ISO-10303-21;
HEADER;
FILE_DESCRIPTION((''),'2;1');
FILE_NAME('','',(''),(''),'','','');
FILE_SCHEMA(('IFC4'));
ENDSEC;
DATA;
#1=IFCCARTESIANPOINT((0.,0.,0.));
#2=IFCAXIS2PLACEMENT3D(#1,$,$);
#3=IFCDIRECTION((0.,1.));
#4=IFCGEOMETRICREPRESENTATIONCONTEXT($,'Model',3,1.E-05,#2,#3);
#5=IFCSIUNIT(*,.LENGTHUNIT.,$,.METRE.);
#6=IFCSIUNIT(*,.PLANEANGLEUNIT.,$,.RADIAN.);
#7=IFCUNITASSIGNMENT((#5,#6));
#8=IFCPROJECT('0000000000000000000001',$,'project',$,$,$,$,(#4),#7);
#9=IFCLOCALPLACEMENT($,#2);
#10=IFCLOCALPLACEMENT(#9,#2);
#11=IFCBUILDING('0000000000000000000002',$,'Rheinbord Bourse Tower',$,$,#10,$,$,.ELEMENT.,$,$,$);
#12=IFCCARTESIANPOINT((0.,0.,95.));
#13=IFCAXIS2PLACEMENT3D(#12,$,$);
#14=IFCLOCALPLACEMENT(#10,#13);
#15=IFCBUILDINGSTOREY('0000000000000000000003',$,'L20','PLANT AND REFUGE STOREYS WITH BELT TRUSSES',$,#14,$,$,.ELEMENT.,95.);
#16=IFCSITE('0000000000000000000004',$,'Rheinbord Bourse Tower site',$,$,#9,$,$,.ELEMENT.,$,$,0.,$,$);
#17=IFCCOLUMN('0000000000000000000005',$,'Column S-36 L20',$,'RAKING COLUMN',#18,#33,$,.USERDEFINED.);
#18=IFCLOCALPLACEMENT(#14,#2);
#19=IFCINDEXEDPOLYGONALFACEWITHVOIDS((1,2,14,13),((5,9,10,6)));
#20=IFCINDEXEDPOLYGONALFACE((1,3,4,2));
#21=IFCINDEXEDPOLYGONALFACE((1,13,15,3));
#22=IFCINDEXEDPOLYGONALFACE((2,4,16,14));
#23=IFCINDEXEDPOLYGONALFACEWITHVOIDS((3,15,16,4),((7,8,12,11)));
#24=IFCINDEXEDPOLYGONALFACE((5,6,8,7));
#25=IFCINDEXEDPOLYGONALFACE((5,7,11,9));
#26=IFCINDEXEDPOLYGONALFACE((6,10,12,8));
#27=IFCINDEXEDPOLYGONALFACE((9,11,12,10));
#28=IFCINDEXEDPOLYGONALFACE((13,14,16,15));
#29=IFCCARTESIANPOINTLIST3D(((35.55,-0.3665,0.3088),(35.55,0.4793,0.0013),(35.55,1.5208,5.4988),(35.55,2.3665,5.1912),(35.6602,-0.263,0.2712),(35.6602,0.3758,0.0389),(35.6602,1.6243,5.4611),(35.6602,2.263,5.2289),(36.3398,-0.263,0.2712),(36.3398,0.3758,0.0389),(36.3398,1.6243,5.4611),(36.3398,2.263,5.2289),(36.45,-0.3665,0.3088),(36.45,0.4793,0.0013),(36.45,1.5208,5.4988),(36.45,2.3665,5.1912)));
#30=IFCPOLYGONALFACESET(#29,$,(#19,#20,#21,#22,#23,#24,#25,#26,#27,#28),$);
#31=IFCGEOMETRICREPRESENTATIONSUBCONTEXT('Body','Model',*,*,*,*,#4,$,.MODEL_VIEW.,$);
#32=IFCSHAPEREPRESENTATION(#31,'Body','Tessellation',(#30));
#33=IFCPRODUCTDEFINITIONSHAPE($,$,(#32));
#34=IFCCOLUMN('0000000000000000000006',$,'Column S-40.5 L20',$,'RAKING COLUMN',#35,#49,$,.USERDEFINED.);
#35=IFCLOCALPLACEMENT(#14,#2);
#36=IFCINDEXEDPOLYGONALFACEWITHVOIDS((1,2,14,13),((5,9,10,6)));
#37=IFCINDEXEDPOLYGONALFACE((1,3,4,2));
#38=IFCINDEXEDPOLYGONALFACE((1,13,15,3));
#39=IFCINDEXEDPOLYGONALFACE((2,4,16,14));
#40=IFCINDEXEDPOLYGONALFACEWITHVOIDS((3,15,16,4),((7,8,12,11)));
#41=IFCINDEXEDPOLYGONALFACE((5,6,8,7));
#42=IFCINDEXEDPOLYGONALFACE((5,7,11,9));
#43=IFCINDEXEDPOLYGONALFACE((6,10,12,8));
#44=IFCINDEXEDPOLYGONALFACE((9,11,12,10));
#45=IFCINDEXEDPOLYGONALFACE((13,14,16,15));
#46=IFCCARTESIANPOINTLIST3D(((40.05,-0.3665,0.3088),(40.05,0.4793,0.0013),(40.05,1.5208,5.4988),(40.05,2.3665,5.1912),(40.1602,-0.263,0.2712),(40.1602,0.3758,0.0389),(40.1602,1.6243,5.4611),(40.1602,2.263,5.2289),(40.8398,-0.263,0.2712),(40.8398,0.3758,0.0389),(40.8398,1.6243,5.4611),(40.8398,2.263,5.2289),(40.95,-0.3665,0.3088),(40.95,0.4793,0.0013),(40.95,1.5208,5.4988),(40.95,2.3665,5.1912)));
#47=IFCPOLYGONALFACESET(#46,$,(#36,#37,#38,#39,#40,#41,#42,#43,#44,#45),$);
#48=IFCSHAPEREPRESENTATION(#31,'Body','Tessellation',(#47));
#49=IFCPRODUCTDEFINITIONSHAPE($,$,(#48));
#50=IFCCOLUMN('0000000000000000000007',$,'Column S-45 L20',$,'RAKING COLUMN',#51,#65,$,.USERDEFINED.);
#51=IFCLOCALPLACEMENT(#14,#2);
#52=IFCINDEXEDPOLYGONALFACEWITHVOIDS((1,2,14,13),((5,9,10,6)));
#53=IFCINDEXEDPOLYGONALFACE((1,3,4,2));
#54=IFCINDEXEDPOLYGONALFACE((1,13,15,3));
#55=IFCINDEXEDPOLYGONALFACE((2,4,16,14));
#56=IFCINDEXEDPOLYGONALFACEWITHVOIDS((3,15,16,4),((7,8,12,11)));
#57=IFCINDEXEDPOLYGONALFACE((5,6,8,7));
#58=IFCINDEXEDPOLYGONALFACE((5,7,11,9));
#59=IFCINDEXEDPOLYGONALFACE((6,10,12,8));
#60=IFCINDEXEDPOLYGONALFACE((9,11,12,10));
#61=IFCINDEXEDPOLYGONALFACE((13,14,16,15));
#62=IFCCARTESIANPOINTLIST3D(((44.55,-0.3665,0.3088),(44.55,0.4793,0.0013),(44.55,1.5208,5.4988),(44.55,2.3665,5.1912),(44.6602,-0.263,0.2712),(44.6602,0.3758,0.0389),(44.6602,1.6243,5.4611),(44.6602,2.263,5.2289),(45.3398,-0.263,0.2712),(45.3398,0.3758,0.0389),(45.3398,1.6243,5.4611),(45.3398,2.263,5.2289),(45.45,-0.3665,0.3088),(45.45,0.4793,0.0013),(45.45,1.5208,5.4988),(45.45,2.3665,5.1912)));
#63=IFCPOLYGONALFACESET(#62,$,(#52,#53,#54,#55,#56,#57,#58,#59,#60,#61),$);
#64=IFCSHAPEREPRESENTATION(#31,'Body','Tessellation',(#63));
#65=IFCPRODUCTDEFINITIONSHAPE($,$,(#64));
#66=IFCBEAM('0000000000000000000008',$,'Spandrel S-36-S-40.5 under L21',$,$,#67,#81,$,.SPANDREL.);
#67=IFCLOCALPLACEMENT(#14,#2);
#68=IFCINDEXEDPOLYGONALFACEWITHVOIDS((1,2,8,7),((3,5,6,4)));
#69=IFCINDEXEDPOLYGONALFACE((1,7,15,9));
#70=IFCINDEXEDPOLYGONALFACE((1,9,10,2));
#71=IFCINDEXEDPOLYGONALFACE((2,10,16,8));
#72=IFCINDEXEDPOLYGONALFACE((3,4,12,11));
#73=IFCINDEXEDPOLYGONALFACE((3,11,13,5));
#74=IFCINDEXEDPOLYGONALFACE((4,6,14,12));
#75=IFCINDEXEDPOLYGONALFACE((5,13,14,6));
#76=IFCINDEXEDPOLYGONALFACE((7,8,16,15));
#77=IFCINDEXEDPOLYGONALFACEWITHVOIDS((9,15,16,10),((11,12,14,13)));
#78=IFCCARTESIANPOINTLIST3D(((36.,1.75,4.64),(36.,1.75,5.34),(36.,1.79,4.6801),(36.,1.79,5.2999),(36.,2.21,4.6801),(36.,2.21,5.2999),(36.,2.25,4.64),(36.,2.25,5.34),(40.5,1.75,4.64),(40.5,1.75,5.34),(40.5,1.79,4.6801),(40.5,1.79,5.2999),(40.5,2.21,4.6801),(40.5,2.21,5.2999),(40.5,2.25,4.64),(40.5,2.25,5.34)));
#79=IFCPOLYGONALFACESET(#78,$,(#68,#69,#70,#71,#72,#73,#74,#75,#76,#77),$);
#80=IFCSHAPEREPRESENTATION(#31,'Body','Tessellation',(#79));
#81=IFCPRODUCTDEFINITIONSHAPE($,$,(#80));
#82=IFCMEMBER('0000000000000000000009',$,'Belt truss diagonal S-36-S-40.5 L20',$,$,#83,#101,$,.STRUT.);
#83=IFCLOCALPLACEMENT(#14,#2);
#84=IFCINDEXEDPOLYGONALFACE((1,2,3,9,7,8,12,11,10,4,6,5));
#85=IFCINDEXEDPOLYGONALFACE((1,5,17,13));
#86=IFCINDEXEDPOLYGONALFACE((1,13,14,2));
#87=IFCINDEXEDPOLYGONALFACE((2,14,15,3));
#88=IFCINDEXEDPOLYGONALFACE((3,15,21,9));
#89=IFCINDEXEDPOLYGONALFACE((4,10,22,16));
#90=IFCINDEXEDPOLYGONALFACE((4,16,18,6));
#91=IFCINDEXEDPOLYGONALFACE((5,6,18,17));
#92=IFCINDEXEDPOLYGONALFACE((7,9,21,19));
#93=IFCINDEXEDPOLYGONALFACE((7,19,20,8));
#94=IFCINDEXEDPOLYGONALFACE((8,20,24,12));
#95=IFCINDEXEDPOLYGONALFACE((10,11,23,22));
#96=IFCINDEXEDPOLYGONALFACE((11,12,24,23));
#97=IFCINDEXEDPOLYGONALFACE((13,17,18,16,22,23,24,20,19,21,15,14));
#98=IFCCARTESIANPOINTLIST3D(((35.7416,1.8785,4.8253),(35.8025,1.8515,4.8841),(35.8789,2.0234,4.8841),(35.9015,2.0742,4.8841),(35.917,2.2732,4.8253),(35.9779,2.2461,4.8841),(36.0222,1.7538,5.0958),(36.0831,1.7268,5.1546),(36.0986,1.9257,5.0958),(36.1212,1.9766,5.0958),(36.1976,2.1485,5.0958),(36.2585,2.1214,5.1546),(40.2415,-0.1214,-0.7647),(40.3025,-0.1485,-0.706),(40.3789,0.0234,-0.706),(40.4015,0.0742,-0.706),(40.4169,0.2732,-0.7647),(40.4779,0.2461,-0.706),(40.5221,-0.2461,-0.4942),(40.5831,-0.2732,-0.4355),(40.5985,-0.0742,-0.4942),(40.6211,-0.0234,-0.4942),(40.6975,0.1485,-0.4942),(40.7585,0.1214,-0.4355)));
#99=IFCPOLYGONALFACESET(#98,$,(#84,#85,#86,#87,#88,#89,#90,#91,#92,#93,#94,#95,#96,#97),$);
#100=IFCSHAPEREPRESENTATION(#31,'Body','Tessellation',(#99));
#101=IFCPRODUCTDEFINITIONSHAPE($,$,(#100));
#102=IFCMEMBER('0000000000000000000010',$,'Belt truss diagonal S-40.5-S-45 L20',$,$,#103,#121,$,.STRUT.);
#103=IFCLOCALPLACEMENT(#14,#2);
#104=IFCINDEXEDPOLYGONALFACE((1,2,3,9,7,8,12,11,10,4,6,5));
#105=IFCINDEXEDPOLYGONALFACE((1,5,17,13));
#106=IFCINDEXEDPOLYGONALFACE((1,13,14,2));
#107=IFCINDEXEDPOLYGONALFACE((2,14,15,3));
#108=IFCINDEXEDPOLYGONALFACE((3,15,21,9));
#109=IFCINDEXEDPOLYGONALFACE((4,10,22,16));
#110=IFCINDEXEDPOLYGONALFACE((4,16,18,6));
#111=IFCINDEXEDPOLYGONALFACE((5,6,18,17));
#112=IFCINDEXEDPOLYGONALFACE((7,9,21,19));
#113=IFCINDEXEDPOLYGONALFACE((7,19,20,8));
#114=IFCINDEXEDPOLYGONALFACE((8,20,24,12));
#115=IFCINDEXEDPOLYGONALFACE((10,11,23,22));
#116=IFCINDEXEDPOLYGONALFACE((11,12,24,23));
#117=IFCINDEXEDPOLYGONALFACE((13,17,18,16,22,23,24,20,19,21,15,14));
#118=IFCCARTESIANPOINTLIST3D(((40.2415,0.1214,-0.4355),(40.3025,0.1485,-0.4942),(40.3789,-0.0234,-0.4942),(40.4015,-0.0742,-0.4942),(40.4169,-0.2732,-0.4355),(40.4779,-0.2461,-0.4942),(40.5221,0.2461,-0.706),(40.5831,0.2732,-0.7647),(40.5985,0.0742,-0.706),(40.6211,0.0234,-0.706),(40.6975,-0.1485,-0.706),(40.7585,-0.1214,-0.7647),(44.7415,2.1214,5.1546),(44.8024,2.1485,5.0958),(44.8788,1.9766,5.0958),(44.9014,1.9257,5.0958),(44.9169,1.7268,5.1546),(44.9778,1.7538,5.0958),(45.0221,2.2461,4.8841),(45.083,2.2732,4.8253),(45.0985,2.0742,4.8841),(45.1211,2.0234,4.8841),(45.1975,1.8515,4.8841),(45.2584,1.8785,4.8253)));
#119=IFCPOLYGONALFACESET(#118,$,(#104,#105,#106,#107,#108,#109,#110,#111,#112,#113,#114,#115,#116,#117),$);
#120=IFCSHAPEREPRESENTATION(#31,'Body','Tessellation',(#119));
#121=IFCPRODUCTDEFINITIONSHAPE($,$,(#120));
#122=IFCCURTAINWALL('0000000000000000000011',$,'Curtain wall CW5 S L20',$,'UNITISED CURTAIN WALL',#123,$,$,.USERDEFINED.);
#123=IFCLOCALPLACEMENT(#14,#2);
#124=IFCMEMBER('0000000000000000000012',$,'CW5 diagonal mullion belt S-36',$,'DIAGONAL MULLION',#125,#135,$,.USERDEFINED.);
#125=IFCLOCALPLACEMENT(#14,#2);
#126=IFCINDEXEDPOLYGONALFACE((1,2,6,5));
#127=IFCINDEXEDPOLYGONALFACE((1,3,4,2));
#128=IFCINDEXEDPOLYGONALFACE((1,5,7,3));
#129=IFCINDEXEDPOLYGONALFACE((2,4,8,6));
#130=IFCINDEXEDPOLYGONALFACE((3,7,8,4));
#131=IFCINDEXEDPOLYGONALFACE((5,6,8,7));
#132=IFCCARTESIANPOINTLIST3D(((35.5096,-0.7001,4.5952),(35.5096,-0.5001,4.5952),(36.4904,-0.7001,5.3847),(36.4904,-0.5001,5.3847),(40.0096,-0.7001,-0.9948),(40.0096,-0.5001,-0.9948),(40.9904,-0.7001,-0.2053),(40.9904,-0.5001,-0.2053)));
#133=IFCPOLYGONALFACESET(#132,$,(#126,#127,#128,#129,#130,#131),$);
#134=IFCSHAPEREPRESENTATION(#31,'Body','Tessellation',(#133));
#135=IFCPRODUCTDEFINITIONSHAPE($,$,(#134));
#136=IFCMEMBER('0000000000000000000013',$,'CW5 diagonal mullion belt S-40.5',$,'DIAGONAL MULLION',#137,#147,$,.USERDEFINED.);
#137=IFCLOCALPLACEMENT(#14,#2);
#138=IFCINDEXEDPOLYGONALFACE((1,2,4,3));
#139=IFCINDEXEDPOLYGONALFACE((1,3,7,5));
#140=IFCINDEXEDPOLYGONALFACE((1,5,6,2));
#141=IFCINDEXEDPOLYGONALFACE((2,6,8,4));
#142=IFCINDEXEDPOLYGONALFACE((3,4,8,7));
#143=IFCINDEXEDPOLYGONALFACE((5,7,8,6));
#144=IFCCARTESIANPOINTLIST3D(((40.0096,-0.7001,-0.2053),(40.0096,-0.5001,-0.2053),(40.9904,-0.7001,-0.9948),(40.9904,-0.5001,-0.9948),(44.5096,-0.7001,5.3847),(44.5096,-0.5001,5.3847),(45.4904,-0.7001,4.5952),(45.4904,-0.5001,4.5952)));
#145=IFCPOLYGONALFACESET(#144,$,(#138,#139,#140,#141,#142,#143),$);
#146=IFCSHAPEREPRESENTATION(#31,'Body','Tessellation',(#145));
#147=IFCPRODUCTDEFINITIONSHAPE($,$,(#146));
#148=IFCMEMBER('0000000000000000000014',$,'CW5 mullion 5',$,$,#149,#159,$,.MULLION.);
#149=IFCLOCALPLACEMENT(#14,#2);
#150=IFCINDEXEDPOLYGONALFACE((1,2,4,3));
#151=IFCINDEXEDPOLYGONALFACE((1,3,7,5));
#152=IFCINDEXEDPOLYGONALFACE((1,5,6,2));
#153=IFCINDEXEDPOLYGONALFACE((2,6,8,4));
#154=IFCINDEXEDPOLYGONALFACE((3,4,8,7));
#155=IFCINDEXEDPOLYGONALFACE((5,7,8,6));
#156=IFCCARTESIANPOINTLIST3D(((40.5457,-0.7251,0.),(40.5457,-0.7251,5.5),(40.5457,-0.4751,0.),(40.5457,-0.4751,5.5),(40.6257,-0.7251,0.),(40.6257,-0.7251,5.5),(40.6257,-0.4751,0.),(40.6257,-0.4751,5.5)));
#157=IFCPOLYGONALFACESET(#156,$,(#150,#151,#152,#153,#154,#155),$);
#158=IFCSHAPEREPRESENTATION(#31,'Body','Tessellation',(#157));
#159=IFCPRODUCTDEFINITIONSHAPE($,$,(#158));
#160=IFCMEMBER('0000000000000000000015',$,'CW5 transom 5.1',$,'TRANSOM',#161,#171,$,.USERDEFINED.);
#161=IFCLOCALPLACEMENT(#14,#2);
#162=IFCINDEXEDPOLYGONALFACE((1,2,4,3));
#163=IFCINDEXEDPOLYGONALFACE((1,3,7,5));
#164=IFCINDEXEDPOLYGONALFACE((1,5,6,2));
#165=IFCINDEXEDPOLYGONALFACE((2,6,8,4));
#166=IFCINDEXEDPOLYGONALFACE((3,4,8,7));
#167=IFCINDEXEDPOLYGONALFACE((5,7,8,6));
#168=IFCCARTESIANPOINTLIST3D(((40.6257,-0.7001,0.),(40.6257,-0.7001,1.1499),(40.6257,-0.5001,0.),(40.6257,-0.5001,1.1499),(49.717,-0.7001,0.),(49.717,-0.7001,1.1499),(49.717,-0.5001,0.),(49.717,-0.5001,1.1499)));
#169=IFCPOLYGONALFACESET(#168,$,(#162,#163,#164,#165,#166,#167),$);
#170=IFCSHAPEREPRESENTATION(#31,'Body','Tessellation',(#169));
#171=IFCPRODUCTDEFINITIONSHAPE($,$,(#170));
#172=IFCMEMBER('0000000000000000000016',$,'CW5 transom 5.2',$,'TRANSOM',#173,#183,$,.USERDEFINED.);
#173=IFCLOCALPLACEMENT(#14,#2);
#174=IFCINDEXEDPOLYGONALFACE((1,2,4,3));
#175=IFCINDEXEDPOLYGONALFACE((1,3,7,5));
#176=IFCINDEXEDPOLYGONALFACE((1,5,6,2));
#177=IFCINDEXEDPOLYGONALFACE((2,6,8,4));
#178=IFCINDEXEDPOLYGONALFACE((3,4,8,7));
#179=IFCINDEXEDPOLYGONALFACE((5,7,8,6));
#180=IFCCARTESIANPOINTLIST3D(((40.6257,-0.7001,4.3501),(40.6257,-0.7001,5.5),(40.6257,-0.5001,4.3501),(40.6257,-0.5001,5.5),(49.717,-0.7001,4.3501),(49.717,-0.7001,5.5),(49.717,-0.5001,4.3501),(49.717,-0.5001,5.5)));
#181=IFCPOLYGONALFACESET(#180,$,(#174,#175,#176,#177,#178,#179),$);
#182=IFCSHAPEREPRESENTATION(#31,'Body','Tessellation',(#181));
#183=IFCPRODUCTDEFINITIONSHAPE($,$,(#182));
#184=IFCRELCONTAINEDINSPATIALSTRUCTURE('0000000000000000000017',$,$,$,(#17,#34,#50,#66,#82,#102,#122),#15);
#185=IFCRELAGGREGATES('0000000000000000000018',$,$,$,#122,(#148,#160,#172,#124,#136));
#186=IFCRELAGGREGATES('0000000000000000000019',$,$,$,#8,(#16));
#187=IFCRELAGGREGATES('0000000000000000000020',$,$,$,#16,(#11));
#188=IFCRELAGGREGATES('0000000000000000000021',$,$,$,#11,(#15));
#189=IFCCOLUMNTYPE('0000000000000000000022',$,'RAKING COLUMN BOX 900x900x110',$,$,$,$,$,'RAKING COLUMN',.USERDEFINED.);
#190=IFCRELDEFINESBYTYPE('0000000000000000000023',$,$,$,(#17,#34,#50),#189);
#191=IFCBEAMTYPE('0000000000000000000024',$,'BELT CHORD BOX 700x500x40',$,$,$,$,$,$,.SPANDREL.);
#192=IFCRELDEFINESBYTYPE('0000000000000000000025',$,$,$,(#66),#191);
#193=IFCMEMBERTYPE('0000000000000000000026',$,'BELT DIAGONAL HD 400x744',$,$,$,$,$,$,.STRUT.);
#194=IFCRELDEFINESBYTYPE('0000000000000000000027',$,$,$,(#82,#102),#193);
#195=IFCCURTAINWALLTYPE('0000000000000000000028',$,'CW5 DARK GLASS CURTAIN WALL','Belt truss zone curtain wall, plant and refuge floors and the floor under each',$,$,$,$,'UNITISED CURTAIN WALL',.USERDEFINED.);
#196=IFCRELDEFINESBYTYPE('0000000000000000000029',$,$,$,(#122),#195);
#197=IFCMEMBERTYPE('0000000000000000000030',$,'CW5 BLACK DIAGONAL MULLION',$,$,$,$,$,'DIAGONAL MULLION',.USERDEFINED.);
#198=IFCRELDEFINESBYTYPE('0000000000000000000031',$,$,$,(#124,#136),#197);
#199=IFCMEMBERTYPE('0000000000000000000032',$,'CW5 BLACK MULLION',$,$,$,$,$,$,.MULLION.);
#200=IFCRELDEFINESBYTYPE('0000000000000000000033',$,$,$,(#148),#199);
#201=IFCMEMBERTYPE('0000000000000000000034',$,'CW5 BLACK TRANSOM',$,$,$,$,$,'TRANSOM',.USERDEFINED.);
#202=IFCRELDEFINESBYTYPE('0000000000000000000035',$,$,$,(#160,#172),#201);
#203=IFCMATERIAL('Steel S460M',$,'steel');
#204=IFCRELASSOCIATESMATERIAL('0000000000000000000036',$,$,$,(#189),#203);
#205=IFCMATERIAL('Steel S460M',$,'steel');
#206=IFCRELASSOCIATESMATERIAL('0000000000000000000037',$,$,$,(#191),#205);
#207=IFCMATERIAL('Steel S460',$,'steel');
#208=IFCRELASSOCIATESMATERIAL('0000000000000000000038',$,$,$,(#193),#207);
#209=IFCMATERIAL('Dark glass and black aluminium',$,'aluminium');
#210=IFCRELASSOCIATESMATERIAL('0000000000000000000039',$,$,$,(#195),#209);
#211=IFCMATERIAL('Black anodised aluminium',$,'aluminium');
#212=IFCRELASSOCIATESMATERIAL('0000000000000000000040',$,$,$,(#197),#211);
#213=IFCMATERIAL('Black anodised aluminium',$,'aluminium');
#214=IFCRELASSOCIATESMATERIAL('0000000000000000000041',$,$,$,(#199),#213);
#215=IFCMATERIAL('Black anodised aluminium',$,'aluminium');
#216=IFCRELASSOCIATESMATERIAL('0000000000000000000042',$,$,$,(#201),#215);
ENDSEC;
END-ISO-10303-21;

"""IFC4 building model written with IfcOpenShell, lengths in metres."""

from ifc_helpers import new_model, si_unit, direction, frame, origin, origin_2d, place, context, subcontext, project, spatial, rectangle, hollow_rectangle, i_section, extrude, material, material_profile, profile_set, type_object, element, aggregate, save


model = new_model("IFC4")

# Units and contexts
model_context = context("Model", 3, precision=1e-05, world=origin(), true_north=direction((0.0, 1.0)))
body_context = subcontext(model_context, "Body", "Model", "MODEL_VIEW")
ifc_project = project(units=[si_unit("LENGTHUNIT", "METRE"), si_unit("PLANEANGLEUNIT", "RADIAN")], contexts=[model_context])

# Site, building, storey
site_placement = place(None, origin())
site = spatial("IfcSite", under=ifc_project, at=site_placement, Name="Rheinbord Bourse Tower site", CompositionType="ELEMENT", RefElevation=0.0)
building_placement = place(site_placement, origin())
building = spatial("IfcBuilding", under=site, at=building_placement, Name="Rheinbord Bourse Tower", CompositionType="ELEMENT")
storey_placement = place(building_placement, frame((0.0, 0.0, 95.0)))
storey = spatial("IfcBuildingStorey", under=building, at=storey_placement, Name="L20", Description="PLANT AND REFUGE STOREYS WITH BELT TRUSSES", CompositionType="ELEMENT", Elevation=95.0)

# Columns
ifc_material_1 = material(Name="Steel S460M", Category="steel")
ifc_material_profile_1 = material_profile(ifc_material_1, hollow_rectangle(XDim=0.8999, YDim=0.8999, WallThickness=0.1101, at=origin_2d()), Name="BOX 900x900x110")
ifc_profile_set_1 = profile_set([ifc_material_profile_1], Name="Steel S460M")
column_type = type_object("IfcColumnType", Name="RAKING COLUMN BOX 900x900x110", ElementType="RAKING COLUMN", PredefinedType="USERDEFINED", material=ifc_profile_set_1)
for number, where, z_axis, x_axis, name in (
    (1, (36.0, 0.0564, 0.155), (0.0, 0.341743, 0.939793), (0.0, -0.939793, 0.341743), "Column S-36 L20"),
    (2, (40.5, 0.0564, 0.155), (0.0, 0.341743, 0.939793), (0.0, -0.939793, 0.341743), "Column S-40.5 L20"),
    (3, (45.0, 0.0564, 0.155), (0.0, 0.341743, 0.939793), (0.0, -0.939793, 0.341743), "Column S-45 L20"),
):
    element("IfcColumn", number, at=place(storey_placement, frame(where, z_axis=z_axis, x_axis=x_axis)), inside=storey, type_object=column_type, Name=name, ObjectType="RAKING COLUMN", PredefinedType="USERDEFINED", context=body_context, shape_type="SweptSolid", body=[
        extrude(hollow_rectangle(XDim=0.8999, YDim=0.8999, WallThickness=0.1101, at=origin_2d()), origin(), (0.0, 0.0, 1.0), 5.5225),
    ])

# Beam
ifc_material_2 = material(Name="Steel S460M", Category="steel")
ifc_material_profile_2 = material_profile(ifc_material_2, hollow_rectangle(XDim=0.5, YDim=0.7, WallThickness=0.04, at=origin_2d()), Name="BOX 700x500x40")
ifc_profile_set_2 = profile_set([ifc_material_profile_2], Name="Steel S460M")
beam_type_1 = type_object("IfcBeamType", Name="BELT CHORD BOX 700x500x40", PredefinedType="SPANDREL", material=ifc_profile_set_2)
beam_1_placement = place(storey_placement, frame((36.0, 2.0, 4.99), z_axis=(1.0, 0.0, 0.0), x_axis=(0.0, 1.0, 0.0)))
element("IfcBeam", 4, at=beam_1_placement, inside=storey, type_object=beam_type_1, Name="Spandrel S-36-S-40.5 under L21", PredefinedType="SPANDREL", context=body_context, shape_type="SweptSolid", body=[
    extrude(hollow_rectangle(XDim=0.5, YDim=0.7, WallThickness=0.04, at=origin_2d()), origin(), (0.0, 0.0, 1.0), 4.5),
])

# Members
ifc_material_3 = material(Name="Steel S460", Category="steel")
ifc_material_profile_3 = material_profile(ifc_material_3, i_section(OverallWidth=0.4319, OverallDepth=0.498, WebThickness=0.0557, FlangeThickness=0.0889, at=origin_2d()), Name="HD 400x744")
ifc_profile_set_3 = profile_set([ifc_material_profile_3], Name="Steel S460")
member_type_1 = type_object("IfcMemberType", Name="BELT DIAGONAL HD 400x744", PredefinedType="STRUT", material=ifc_profile_set_3)
for number, where, z_axis, x_axis, name in (
    (5, (40.5, 0.0, -0.6001), (-0.604045, 0.268465, 0.75037), (-0.406138, -0.913812, 0.0), "Belt truss diagonal S-36-S-40.5 L20"),
    (6, (40.5, 0.0, -0.6001), (0.604045, 0.268465, 0.75037), (-0.406138, 0.913812, 0.0), "Belt truss diagonal S-40.5-S-45 L20"),
):
    element("IfcMember", number, at=place(storey_placement, frame(where, z_axis=z_axis, x_axis=x_axis)), inside=storey, type_object=member_type_1, Name=name, PredefinedType="STRUT", context=body_context, shape_type="SweptSolid", body=[
        extrude(i_section(OverallWidth=0.4319, OverallDepth=0.498, WebThickness=0.0557, FlangeThickness=0.0889, at=origin_2d()), origin(), (0.0, 0.0, 1.0), 7.4497),
    ])

# Curtain wall, members
ifc_material_4 = material(Name="Dark glass and black aluminium", Category="aluminium")
curtain_wall_type = type_object("IfcCurtainWallType", Name="CW5 DARK GLASS CURTAIN WALL", Description="Belt truss zone curtain wall, plant and refuge floors and the floor under each", ElementType="UNITISED CURTAIN WALL", PredefinedType="USERDEFINED", material=ifc_material_4)
curtain_wall_placement = place(storey_placement, origin())
curtain_wall = element("IfcCurtainWall", 7, at=curtain_wall_placement, inside=storey, type_object=curtain_wall_type, Name="Curtain wall CW5 S L20", ObjectType="UNITISED CURTAIN WALL", PredefinedType="USERDEFINED")
ifc_material_5 = material(Name="Black anodised aluminium", Category="aluminium")
ifc_material_profile_4 = material_profile(ifc_material_5, rectangle(XDim=0.2, YDim=1.259, at=origin_2d()), Name="CW5 DIAGONAL MULLION 1259x200")
ifc_profile_set_4 = profile_set([ifc_material_profile_4], Name="Black anodised aluminium")
member_type_2 = type_object("IfcMemberType", Name="CW5 BLACK DIAGONAL MULLION", ElementType="DIAGONAL MULLION", PredefinedType="USERDEFINED", material=ifc_profile_set_4)
member_1_placement = place(storey_placement, frame((40.5, -0.6001, -0.6001), z_axis=(-0.627065, 0.0, 0.778967), x_axis=(0.0, -1.0, 0.0)))
member_1 = element("IfcMember", 8, at=member_1_placement, type_object=member_type_2, Name="CW5 diagonal mullion belt S-36", ObjectType="DIAGONAL MULLION", PredefinedType="USERDEFINED", context=body_context, shape_type="SweptSolid", body=[
    extrude(rectangle(XDim=0.2, YDim=1.259, at=origin_2d()), origin(), (0.0, 0.0, 1.0), 7.1763),
])
member_2_placement = place(storey_placement, frame((40.5, -0.6001, -0.6001), z_axis=(0.627065, 0.0, 0.778967), x_axis=(0.0, 1.0, 0.0)))
member_2 = element("IfcMember", 9, at=member_2_placement, type_object=member_type_2, Name="CW5 diagonal mullion belt S-40.5", ObjectType="DIAGONAL MULLION", PredefinedType="USERDEFINED", context=body_context, shape_type="SweptSolid", body=[
    extrude(rectangle(XDim=0.2, YDim=1.259, at=origin_2d()), origin(), (0.0, 0.0, 1.0), 7.1763),
])
ifc_material_6 = material(Name="Black anodised aluminium", Category="aluminium")
ifc_material_profile_5 = material_profile(ifc_material_6, rectangle(XDim=0.25, YDim=0.0801, at=origin_2d()), Name="CW5 MULLION 80x250")
ifc_profile_set_5 = profile_set([ifc_material_profile_5], Name="Black anodised aluminium")
member_type_3 = type_object("IfcMemberType", Name="CW5 BLACK MULLION", PredefinedType="MULLION", material=ifc_profile_set_5)
member_3_placement = place(storey_placement, frame((40.5857, -0.6001, 0.0), z_axis=(0.0, 0.0, 1.0), x_axis=(0.0, 1.0, 0.0)))
member_3 = element("IfcMember", 10, at=member_3_placement, type_object=member_type_3, Name="CW5 mullion 5", PredefinedType="MULLION", context=body_context, shape_type="SweptSolid", body=[
    extrude(rectangle(XDim=0.25, YDim=0.0801, at=origin_2d()), origin(), (0.0, 0.0, 1.0), 5.5),
])
ifc_material_7 = material(Name="Black anodised aluminium", Category="aluminium")
ifc_material_profile_6 = material_profile(ifc_material_7, rectangle(XDim=0.2, YDim=1.1499, at=origin_2d()), Name="CW5 TRANSOM 1150x200")
ifc_profile_set_6 = profile_set([ifc_material_profile_6], Name="Black anodised aluminium")
member_type_4 = type_object("IfcMemberType", Name="CW5 BLACK TRANSOM", ElementType="TRANSOM", PredefinedType="USERDEFINED", material=ifc_profile_set_6)
member_4_placement = place(storey_placement, frame((40.6257, -0.6001, 0.575), z_axis=(1.0, 0.0, 0.0), x_axis=(0.0, 1.0, 0.0)))
member_4 = element("IfcMember", 11, at=member_4_placement, type_object=member_type_4, Name="CW5 transom 5.1", ObjectType="TRANSOM", PredefinedType="USERDEFINED", context=body_context, shape_type="SweptSolid", body=[
    extrude(rectangle(XDim=0.2, YDim=1.1499, at=origin_2d()), origin(), (0.0, 0.0, 1.0), 9.0913),
])
member_5_placement = place(storey_placement, frame((40.6257, -0.6001, 4.925), z_axis=(1.0, 0.0, 0.0), x_axis=(0.0, 1.0, 0.0)))
member_5 = element("IfcMember", 12, at=member_5_placement, type_object=member_type_4, Name="CW5 transom 5.2", ObjectType="TRANSOM", PredefinedType="USERDEFINED", context=body_context, shape_type="SweptSolid", body=[
    extrude(rectangle(XDim=0.2, YDim=1.1499, at=origin_2d()), origin(), (0.0, 0.0, 1.0), 9.0913),
])

aggregate(curtain_wall, [member_3, member_4, member_5, member_1, member_2])

save(model, "model.ifc")
